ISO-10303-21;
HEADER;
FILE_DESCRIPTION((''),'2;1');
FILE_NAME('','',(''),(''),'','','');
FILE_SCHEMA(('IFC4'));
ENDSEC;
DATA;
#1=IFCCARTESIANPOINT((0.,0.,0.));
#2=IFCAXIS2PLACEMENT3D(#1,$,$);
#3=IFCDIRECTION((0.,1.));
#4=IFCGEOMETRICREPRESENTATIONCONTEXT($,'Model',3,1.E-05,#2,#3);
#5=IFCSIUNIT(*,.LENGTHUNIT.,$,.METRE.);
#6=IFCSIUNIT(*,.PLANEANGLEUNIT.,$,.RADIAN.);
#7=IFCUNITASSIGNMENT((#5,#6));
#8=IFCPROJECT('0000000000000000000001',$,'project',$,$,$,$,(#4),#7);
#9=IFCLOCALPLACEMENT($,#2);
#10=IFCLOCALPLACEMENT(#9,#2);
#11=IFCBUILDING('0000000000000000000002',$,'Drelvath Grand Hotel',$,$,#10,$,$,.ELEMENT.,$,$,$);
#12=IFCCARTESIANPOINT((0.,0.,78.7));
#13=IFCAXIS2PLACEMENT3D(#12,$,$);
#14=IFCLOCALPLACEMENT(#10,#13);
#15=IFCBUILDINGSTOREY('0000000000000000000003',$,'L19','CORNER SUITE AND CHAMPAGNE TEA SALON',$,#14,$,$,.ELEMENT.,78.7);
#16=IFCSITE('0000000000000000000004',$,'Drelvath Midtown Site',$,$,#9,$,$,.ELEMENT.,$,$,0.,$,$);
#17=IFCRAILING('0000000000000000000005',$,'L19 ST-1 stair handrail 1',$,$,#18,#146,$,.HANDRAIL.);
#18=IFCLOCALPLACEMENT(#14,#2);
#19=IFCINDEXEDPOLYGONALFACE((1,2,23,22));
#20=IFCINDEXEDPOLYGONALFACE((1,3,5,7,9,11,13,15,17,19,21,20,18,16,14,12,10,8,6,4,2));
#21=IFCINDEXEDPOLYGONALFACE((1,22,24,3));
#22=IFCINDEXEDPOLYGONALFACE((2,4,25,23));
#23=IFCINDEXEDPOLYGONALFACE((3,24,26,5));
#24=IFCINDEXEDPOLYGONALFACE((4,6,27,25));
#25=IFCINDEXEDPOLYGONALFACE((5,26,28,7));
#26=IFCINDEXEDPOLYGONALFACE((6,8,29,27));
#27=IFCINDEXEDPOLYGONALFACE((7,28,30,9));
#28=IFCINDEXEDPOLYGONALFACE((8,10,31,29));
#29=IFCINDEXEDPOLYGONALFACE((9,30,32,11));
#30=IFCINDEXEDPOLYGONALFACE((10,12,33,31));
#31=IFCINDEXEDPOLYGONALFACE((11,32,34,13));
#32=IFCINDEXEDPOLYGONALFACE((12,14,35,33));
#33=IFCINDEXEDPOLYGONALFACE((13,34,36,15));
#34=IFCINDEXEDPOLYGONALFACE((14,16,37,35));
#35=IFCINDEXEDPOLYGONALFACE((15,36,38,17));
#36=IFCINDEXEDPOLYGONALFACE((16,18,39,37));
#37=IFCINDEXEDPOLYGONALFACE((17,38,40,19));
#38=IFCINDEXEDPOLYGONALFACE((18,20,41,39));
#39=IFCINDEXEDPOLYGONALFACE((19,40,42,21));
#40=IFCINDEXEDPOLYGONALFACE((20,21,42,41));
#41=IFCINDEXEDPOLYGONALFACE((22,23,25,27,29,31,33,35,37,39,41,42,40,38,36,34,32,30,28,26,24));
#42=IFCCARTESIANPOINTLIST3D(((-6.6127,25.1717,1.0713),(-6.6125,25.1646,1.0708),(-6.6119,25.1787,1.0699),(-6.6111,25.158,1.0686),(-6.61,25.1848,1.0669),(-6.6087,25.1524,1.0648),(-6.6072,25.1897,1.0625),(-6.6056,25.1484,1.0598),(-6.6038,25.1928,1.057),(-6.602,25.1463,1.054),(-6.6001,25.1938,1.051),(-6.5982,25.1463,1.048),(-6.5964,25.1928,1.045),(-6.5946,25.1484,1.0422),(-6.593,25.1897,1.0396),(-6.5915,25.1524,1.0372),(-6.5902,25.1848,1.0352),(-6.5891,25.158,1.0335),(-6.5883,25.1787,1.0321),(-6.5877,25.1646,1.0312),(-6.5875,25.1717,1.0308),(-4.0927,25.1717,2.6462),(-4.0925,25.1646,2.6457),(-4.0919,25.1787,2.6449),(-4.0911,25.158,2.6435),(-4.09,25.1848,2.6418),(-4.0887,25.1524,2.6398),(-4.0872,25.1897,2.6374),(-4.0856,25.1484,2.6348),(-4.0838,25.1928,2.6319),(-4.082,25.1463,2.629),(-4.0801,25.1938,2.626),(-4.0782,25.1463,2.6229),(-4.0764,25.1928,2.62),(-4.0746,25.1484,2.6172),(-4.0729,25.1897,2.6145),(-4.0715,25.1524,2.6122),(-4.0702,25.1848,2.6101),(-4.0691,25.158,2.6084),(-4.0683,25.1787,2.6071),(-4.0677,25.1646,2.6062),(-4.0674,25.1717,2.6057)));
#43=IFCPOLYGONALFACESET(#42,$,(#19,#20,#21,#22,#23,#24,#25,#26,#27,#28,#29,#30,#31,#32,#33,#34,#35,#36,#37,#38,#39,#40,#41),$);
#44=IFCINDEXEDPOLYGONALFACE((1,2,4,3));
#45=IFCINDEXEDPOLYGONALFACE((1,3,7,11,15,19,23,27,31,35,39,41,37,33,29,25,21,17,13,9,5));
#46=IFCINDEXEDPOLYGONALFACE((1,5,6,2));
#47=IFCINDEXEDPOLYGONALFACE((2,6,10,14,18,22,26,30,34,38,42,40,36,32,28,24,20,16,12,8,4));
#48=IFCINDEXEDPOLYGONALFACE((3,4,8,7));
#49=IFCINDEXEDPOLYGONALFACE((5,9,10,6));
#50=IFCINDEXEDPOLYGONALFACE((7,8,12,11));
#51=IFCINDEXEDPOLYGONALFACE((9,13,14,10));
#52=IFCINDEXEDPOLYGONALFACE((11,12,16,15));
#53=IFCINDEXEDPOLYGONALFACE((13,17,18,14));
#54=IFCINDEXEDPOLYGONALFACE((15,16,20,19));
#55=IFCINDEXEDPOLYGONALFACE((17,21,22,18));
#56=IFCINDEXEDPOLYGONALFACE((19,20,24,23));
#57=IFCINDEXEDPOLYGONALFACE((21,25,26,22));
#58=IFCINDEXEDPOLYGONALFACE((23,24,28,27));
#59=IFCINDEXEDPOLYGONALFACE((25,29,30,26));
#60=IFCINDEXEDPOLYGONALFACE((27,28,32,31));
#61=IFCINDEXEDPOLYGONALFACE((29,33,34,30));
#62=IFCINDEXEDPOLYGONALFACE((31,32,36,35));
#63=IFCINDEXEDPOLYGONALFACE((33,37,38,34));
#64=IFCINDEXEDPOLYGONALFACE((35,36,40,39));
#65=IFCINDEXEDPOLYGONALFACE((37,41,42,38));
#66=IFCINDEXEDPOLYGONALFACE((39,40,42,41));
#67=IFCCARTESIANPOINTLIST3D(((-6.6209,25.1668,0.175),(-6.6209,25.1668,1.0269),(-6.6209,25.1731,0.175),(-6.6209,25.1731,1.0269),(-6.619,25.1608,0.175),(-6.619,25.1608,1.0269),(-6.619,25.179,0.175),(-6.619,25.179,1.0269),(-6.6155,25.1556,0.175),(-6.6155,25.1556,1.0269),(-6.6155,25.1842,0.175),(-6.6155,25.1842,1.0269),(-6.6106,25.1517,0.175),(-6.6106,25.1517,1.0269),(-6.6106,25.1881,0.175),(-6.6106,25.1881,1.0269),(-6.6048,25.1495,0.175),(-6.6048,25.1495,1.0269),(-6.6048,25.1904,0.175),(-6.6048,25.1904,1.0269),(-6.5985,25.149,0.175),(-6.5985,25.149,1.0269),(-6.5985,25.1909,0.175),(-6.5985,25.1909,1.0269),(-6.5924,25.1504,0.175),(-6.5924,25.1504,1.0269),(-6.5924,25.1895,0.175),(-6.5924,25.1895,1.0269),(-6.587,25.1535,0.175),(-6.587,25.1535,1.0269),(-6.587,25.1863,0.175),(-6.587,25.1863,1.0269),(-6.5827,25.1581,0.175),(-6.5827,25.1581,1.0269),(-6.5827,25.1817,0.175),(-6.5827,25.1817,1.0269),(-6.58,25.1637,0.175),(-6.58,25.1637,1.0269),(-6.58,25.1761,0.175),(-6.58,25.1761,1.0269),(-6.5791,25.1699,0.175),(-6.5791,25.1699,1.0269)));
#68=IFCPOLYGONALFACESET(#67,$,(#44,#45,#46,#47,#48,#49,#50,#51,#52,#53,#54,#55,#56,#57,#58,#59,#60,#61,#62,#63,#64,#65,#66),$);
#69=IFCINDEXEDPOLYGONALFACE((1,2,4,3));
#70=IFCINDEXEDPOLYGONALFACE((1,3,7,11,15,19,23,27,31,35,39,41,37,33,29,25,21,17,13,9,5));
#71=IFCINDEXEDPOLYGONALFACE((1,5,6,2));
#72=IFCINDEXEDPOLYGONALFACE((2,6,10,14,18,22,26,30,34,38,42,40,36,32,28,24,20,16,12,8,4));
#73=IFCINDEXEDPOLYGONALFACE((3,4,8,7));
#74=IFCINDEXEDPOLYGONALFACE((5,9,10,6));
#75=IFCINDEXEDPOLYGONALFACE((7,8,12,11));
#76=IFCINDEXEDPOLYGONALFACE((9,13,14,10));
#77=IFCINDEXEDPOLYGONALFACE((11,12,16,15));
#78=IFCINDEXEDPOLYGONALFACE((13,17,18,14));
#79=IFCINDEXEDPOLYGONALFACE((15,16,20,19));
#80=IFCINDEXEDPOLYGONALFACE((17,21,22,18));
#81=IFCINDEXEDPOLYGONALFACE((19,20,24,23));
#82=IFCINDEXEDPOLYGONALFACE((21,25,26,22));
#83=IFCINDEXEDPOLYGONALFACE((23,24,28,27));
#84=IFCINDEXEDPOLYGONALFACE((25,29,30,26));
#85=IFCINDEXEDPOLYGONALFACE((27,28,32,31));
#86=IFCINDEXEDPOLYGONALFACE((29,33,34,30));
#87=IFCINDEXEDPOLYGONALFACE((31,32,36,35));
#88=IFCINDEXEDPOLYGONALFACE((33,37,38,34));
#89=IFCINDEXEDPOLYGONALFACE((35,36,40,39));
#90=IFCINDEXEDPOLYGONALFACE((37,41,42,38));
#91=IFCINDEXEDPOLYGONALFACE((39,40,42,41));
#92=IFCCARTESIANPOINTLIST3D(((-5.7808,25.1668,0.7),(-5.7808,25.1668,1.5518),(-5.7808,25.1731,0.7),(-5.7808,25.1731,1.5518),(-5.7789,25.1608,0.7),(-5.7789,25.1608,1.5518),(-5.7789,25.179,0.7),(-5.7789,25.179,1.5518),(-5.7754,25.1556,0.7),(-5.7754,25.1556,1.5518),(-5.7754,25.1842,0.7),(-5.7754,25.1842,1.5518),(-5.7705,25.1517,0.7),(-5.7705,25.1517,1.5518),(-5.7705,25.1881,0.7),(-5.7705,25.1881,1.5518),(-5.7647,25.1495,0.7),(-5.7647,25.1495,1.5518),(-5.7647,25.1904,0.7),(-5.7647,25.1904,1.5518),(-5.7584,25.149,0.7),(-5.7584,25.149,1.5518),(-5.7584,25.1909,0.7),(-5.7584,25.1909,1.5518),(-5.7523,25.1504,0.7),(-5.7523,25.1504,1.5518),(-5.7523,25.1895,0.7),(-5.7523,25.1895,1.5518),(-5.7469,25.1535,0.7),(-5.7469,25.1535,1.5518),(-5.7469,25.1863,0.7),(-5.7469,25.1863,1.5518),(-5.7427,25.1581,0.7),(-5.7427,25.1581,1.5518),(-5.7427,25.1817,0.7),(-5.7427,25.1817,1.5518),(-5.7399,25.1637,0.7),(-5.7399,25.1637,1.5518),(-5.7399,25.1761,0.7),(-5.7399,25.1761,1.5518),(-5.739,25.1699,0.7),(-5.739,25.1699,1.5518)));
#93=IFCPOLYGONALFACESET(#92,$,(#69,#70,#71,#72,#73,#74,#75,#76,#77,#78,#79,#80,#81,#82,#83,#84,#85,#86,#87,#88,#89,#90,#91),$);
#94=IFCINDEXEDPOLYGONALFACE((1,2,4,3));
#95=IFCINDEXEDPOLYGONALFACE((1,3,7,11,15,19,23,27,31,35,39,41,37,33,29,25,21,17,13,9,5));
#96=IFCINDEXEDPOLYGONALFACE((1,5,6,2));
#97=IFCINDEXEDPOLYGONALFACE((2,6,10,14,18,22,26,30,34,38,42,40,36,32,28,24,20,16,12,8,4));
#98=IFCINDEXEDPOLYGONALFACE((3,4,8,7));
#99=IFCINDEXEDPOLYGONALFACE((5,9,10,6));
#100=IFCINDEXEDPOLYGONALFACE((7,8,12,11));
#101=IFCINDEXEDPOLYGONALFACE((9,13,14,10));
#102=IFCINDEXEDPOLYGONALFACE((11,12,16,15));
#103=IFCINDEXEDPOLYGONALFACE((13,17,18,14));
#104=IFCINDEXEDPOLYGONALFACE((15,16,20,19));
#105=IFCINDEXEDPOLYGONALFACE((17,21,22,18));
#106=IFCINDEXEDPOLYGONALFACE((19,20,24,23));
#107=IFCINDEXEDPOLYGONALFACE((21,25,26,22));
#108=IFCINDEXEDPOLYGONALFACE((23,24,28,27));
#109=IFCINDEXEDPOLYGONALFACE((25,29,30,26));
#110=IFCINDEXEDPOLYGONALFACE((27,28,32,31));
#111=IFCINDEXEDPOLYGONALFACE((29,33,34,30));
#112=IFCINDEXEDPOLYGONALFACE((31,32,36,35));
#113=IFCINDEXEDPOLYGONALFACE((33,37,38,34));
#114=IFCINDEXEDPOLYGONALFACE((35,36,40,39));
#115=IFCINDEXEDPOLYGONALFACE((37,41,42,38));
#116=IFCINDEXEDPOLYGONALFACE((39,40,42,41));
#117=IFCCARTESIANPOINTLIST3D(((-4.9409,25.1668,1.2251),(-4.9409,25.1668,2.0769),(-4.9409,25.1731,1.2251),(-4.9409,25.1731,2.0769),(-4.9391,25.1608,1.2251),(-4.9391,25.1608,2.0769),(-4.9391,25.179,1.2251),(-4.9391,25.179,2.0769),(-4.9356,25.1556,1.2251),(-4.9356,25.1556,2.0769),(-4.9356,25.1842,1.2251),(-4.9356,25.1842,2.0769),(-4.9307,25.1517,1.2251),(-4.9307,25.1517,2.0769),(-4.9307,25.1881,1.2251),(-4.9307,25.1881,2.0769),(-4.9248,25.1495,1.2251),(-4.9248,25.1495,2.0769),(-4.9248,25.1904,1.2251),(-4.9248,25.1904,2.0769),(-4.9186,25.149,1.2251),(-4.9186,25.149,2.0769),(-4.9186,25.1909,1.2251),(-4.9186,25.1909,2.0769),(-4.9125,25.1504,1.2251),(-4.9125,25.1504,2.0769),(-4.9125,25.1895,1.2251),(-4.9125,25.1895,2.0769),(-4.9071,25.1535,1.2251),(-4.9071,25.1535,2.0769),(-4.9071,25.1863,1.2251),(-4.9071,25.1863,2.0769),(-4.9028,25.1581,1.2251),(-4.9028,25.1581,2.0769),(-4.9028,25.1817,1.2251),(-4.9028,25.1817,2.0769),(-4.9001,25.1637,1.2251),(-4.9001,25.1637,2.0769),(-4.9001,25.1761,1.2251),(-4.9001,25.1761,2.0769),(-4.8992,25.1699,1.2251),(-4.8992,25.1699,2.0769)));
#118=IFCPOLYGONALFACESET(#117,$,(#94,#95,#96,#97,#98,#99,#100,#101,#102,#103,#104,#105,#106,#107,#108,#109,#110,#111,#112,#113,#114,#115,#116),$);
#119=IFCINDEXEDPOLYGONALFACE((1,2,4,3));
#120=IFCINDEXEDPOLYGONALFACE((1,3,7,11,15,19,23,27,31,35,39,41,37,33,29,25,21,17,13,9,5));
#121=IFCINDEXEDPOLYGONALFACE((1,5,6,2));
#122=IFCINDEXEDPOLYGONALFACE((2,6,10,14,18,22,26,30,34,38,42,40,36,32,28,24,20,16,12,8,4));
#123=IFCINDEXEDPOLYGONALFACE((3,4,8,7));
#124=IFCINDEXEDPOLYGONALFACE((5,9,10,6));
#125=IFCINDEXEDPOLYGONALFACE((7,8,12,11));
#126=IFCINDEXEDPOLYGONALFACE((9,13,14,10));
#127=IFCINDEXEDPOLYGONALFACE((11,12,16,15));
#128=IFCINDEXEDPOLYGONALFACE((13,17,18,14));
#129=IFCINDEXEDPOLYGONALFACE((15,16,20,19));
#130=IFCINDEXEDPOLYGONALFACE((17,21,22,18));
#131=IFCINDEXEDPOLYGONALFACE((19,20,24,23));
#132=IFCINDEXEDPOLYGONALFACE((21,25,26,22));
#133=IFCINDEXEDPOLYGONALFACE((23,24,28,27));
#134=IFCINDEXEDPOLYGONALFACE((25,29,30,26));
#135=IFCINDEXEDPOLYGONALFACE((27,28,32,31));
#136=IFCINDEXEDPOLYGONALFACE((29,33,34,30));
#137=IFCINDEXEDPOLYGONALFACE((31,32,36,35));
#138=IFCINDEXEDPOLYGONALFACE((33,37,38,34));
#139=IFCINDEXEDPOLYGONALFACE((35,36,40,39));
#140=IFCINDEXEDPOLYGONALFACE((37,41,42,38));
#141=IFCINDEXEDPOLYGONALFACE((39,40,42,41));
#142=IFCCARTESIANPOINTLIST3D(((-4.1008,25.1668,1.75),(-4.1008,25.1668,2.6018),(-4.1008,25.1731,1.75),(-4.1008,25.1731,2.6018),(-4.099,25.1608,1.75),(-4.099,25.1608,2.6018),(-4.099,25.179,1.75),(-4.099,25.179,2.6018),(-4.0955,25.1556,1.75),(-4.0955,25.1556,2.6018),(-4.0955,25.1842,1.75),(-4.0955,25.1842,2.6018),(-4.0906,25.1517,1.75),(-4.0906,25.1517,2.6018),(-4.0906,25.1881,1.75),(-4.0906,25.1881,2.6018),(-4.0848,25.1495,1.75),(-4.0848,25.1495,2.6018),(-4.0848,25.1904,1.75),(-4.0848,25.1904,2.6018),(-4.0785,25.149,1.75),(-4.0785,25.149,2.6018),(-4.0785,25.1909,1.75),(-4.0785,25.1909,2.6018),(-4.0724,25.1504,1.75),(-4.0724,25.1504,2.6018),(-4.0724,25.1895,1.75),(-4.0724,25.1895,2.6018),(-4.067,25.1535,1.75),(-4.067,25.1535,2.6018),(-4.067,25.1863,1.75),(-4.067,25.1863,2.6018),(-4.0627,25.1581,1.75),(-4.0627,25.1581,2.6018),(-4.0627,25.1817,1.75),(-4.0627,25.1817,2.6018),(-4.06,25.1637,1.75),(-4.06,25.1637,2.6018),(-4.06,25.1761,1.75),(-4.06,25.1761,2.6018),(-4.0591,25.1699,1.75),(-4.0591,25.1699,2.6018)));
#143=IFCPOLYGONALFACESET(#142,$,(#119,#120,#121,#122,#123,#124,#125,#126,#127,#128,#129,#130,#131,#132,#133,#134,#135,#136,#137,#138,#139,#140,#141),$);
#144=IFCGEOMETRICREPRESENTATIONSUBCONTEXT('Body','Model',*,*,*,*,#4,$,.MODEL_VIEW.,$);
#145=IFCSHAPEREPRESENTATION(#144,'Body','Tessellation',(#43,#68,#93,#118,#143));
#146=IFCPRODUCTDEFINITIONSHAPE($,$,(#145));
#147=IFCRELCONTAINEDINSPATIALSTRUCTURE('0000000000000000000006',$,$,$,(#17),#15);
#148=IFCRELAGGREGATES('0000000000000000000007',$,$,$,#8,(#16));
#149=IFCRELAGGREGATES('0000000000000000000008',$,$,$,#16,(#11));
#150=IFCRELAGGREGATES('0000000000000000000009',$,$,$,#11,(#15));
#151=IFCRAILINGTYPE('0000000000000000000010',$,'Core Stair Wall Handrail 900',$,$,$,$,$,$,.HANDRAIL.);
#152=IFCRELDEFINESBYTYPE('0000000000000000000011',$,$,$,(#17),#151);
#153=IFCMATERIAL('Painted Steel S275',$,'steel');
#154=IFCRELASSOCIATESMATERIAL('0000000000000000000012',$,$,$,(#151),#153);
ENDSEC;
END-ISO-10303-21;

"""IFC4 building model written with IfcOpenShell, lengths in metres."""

from ifc_helpers import new_model, si_unit, direction, frame, origin, origin_2d, place, context, subcontext, project, spatial, circle, extrude, material, type_object, element, save


model = new_model("IFC4")

# Units and contexts
model_context = context("Model", 3, precision=1e-05, world=origin(), true_north=direction((0.0, 1.0)))
body_context = subcontext(model_context, "Body", "Model", "MODEL_VIEW")
ifc_project = project(units=[si_unit("LENGTHUNIT", "METRE"), si_unit("PLANEANGLEUNIT", "RADIAN")], contexts=[model_context])

# Site, building, storey
site_placement = place(None, origin())
site = spatial("IfcSite", under=ifc_project, at=site_placement, Name="Drelvath Midtown Site", CompositionType="ELEMENT", RefElevation=0.0)
building_placement = place(site_placement, origin())
building = spatial("IfcBuilding", under=site, at=building_placement, Name="Drelvath Grand Hotel", CompositionType="ELEMENT")
storey_placement = place(building_placement, frame((0.0, 0.0, 78.7)))
storey = spatial("IfcBuildingStorey", under=building, at=storey_placement, Name="L19", Description="CORNER SUITE AND CHAMPAGNE TEA SALON", CompositionType="ELEMENT", Elevation=78.7)

# Shared definitions
ifc_material_1 = material(Name="Painted Steel S275", Category="steel")

# Railing
railing_type_1 = type_object("IfcRailingType", Name="Core Stair Wall Handrail 900", PredefinedType="HANDRAIL", material=ifc_material_1)
railing_1_placement = place(storey_placement, frame((-6.6001, 25.1699, 0.175)))
element("IfcRailing", 1, at=railing_1_placement, inside=storey, type_object=railing_type_1, Name="L19 ST-1 stair handrail 1", PredefinedType="HANDRAIL", context=body_context, shape_type="SweptSolid", body=[
    extrude(circle(Radius=0.0239, at=origin_2d()), frame((0.0, 0.0, 0.876), z_axis=(0.848008, 0.0, 0.529984), x_axis=(0.0, 1.0, 0.0)), (0.0, 0.0, 1.0), 2.9717),
    extrude(circle(Radius=0.021, at=origin_2d()), origin(), (0.0, 0.0, 1.0), 0.8518),
    extrude(circle(Radius=0.021, at=origin_2d()), frame((0.8401, 0.0, 0.5249)), (0.0, 0.0, 1.0), 0.8518),
    extrude(circle(Radius=0.021, at=origin_2d()), frame((1.6799, 0.0, 1.05)), (0.0, 0.0, 1.0), 0.8518),
    extrude(circle(Radius=0.021, at=origin_2d()), frame((2.52, 0.0, 1.575)), (0.0, 0.0, 1.0), 0.8518),
])

save(model, "model.ifc")
